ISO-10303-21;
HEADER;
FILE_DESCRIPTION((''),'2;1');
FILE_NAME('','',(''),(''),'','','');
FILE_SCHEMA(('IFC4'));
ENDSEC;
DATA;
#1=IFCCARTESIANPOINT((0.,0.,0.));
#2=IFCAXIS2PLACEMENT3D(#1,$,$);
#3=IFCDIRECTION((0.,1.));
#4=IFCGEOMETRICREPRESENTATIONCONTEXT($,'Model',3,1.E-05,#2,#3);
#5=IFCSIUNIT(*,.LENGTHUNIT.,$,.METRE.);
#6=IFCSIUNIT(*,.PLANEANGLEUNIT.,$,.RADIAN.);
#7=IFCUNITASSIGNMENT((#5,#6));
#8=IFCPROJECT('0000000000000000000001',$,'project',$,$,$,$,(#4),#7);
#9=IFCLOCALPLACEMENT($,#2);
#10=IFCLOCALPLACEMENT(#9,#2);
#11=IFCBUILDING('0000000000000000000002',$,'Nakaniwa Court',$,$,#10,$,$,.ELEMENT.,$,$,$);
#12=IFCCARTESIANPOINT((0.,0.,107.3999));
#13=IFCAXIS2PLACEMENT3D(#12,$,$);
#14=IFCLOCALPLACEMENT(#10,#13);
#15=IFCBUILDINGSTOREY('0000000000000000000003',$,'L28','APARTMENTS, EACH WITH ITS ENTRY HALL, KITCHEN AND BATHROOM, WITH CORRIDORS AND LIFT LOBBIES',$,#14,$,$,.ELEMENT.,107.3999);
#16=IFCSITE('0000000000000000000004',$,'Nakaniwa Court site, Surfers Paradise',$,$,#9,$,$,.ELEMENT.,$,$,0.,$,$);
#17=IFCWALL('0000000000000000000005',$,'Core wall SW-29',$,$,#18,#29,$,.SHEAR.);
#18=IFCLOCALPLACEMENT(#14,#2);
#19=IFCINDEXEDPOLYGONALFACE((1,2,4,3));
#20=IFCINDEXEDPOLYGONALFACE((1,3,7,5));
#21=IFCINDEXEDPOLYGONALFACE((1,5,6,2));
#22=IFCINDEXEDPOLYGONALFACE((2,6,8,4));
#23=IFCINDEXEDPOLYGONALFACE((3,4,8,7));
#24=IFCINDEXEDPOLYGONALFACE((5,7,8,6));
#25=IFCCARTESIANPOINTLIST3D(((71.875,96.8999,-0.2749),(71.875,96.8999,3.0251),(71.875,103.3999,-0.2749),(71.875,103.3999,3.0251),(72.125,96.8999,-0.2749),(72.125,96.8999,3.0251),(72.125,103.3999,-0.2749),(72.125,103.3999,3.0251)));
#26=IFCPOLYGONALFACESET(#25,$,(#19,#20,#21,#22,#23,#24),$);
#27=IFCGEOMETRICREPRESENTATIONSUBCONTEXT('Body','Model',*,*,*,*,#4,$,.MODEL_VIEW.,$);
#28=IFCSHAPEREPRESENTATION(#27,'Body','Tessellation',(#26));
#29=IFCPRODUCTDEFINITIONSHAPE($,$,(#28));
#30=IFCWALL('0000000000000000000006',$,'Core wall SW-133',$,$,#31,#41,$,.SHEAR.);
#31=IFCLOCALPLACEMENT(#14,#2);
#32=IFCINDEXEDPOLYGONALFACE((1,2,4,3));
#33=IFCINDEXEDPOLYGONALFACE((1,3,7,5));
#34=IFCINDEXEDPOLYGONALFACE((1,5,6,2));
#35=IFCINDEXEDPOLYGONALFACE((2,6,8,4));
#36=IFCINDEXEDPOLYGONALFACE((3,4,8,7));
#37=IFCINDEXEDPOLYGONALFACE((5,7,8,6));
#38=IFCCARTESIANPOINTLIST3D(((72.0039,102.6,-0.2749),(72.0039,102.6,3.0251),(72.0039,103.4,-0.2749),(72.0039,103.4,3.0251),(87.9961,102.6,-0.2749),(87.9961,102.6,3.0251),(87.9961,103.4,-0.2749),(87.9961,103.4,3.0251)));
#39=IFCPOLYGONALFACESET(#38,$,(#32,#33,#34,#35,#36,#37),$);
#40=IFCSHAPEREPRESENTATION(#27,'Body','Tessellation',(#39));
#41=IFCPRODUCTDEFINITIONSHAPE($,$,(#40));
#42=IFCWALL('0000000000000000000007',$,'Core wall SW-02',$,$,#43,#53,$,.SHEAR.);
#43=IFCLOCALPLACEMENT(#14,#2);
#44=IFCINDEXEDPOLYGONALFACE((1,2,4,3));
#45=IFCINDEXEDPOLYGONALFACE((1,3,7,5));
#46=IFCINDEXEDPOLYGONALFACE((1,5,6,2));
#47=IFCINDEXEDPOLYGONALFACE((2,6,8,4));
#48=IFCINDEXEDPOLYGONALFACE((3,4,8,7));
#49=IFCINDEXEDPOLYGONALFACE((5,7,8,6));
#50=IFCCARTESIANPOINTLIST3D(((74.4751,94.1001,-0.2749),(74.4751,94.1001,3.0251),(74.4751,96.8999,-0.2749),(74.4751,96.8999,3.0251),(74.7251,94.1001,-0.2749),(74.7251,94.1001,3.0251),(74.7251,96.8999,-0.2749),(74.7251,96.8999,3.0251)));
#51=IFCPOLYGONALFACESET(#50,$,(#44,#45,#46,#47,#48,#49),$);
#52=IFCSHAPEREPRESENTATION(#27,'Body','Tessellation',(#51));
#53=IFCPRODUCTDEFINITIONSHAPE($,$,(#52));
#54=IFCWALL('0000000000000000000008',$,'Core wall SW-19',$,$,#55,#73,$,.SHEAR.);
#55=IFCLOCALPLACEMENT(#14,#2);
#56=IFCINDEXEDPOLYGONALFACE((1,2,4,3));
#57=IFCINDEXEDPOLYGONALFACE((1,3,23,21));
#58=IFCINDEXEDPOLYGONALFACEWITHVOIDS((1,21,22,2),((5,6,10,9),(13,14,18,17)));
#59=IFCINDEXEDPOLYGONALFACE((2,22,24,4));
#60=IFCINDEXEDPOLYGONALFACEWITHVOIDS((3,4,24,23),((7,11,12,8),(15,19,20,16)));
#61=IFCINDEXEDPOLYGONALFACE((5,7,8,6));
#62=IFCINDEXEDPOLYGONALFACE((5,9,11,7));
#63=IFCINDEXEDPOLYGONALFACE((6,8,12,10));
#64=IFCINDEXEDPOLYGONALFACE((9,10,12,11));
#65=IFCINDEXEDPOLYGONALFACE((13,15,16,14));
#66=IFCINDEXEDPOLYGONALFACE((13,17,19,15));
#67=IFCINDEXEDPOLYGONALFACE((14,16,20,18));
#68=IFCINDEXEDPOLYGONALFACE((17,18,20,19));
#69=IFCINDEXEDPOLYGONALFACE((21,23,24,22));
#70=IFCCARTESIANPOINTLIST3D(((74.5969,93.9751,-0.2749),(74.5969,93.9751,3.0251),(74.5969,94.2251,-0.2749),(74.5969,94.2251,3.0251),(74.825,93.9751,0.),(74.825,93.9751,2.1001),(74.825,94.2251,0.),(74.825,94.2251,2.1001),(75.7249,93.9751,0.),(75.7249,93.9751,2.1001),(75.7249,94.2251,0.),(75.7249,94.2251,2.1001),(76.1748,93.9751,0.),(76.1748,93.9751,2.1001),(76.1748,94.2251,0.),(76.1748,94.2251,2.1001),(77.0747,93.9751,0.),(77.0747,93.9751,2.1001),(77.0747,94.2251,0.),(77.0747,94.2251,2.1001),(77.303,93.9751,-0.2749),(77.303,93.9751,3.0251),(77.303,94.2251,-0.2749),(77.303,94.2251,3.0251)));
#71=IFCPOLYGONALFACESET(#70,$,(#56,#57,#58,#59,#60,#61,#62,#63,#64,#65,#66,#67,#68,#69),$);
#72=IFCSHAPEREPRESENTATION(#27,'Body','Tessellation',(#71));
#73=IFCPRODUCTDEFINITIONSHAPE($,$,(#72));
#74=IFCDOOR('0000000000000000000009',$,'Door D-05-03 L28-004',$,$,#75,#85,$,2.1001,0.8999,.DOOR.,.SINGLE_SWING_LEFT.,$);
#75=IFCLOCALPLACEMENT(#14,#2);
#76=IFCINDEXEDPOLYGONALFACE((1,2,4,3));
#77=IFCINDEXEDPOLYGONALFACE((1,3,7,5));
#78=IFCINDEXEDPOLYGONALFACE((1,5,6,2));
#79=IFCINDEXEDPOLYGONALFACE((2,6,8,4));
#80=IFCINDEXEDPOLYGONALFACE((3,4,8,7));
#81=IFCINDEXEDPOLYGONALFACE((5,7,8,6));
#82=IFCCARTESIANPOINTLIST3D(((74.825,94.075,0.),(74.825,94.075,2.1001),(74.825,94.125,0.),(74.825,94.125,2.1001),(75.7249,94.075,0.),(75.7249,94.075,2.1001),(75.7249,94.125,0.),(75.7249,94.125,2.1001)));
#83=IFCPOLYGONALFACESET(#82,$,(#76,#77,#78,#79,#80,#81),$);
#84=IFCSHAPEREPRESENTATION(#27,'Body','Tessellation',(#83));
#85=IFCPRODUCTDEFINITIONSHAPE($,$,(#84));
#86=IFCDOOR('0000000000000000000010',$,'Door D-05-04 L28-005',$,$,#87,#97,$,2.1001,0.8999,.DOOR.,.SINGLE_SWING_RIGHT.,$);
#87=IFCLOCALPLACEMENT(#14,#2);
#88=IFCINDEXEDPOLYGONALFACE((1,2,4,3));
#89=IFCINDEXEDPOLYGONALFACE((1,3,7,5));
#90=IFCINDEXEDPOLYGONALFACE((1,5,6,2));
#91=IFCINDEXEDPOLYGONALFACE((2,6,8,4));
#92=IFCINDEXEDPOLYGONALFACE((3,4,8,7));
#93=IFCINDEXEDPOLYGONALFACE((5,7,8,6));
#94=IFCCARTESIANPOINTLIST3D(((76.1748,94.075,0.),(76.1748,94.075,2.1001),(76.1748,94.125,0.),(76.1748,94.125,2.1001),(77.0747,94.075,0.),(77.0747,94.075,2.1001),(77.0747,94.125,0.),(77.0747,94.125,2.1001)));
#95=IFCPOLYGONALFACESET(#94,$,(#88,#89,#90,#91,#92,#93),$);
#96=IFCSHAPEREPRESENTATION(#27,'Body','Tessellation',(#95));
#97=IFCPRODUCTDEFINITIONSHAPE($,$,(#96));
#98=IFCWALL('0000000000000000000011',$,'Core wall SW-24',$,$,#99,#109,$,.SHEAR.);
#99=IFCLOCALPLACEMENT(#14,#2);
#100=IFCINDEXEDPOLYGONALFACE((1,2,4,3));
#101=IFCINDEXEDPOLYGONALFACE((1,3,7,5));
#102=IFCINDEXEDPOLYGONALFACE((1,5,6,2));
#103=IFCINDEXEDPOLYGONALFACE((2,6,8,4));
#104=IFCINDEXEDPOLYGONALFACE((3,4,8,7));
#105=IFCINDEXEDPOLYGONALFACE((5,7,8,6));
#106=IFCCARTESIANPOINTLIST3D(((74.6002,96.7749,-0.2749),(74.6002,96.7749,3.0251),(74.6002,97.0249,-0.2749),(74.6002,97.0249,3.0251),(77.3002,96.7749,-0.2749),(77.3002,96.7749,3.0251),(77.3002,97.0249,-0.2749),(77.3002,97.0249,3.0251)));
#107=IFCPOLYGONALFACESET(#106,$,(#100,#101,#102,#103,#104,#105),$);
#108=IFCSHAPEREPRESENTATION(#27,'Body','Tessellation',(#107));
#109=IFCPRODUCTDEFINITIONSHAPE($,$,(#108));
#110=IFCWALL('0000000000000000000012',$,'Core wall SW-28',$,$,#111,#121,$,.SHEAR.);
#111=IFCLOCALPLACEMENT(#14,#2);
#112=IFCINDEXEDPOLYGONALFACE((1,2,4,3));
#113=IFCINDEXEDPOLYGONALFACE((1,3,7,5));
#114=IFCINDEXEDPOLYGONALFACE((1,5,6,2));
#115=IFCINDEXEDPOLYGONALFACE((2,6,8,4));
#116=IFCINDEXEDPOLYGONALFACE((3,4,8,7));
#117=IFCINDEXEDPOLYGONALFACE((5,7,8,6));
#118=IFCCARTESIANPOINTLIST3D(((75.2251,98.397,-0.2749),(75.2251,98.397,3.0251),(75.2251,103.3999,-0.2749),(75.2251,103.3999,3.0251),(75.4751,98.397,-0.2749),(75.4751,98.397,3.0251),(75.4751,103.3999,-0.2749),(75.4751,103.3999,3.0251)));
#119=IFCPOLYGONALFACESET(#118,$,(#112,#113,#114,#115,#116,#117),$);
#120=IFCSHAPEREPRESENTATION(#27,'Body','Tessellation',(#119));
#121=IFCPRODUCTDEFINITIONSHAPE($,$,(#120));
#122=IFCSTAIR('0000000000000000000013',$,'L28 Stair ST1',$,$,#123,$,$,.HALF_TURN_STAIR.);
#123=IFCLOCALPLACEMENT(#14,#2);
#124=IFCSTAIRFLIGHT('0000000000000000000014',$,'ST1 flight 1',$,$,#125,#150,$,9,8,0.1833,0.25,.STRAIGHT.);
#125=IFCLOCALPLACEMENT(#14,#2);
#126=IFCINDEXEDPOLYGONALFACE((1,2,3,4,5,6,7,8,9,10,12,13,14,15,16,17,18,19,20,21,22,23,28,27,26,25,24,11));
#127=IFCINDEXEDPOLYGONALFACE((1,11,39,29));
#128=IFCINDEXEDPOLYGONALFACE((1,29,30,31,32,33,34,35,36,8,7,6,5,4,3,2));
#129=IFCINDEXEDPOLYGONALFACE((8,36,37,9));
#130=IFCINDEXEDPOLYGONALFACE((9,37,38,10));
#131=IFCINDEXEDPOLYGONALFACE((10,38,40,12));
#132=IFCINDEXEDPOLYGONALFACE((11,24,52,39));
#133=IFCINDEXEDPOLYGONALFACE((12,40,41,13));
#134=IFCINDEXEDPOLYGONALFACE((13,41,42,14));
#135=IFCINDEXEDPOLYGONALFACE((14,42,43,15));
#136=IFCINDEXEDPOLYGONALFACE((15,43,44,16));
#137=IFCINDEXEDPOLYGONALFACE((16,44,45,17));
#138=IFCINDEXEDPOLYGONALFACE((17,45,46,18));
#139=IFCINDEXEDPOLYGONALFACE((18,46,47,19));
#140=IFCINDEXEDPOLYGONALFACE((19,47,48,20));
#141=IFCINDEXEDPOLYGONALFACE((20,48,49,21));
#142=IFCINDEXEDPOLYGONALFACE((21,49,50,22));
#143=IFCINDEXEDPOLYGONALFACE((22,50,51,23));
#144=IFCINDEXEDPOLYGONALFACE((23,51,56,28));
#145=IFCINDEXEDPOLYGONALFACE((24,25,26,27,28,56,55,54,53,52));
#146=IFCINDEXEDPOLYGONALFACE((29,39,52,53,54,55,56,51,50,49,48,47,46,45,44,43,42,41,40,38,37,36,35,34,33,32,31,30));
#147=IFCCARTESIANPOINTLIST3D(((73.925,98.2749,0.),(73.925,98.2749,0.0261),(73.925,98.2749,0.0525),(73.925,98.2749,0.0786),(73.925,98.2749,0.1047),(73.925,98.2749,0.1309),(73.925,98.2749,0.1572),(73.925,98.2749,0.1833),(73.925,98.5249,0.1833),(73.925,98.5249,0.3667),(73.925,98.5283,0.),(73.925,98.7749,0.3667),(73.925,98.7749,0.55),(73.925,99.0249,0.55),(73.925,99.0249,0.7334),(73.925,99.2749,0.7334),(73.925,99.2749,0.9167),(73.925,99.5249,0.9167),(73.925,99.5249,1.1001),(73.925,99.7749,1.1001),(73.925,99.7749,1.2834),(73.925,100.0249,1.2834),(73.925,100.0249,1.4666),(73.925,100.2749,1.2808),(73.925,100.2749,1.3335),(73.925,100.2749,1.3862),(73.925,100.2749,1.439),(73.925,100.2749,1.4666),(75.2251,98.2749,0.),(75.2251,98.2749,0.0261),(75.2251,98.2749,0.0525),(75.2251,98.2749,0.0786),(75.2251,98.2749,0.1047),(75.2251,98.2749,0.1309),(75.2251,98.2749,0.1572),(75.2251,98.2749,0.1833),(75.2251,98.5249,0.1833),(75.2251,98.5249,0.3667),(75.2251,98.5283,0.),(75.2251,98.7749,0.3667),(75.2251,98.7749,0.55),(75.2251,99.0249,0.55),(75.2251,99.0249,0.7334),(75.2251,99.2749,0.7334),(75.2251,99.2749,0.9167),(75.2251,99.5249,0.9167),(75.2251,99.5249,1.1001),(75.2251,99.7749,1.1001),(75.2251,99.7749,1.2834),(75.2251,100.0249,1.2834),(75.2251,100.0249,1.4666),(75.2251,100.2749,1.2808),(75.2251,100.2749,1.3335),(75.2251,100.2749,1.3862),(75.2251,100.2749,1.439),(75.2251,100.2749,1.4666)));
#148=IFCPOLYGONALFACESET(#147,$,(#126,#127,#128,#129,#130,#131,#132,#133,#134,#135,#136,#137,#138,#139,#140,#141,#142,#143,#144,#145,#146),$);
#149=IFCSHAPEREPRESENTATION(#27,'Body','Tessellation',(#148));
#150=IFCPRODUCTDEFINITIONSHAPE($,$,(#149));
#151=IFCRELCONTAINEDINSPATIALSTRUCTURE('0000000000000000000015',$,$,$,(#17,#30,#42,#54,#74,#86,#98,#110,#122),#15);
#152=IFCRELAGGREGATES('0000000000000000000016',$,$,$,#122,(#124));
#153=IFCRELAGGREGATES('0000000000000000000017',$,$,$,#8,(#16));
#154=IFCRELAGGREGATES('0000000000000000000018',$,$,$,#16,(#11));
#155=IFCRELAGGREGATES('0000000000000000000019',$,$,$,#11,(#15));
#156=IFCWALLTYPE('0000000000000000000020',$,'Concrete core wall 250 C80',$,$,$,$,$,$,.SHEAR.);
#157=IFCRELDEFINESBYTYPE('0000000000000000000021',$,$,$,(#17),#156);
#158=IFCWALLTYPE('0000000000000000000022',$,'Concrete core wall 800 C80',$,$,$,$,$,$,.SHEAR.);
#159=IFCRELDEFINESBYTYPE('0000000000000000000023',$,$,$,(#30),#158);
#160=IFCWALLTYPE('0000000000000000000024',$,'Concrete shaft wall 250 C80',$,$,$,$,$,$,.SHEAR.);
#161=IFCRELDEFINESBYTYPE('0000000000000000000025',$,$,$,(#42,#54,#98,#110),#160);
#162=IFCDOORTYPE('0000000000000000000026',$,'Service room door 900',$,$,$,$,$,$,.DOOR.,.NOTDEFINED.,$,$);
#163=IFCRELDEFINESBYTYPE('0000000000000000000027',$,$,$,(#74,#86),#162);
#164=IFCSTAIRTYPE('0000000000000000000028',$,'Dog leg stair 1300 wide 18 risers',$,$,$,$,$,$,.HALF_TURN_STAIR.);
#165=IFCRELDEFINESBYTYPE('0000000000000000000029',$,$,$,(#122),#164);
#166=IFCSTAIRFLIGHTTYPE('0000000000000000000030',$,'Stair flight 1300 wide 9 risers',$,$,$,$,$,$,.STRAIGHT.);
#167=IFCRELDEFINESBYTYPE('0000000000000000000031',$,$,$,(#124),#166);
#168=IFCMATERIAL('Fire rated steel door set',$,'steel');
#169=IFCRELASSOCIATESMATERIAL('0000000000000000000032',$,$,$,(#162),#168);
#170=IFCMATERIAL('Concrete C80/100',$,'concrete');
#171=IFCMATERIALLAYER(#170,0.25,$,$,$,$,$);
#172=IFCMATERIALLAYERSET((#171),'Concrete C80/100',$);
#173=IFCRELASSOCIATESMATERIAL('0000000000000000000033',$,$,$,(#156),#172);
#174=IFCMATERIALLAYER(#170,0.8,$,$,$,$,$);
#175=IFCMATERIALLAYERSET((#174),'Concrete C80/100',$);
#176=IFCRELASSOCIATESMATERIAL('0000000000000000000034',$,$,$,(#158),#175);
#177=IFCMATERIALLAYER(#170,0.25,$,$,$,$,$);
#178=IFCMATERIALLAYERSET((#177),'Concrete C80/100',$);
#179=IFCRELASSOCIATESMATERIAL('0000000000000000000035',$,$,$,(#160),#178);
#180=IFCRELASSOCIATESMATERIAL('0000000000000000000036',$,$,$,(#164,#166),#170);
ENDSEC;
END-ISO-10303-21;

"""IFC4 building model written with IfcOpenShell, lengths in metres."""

from ifc_helpers import new_model, si_unit, direction, frame, frame_2d, origin, place, context, subcontext, project, spatial, polyline, rectangle, outline, extrude, material, layer, layer_set, type_object, element, fill, aggregate, save


model = new_model("IFC4")

# Units and contexts
model_context = context("Model", 3, precision=1e-05, world=origin(), true_north=direction((0.0, 1.0)))
body_context = subcontext(model_context, "Body", "Model", "MODEL_VIEW")
ifc_project = project(units=[si_unit("LENGTHUNIT", "METRE"), si_unit("PLANEANGLEUNIT", "RADIAN")], contexts=[model_context])

# Site, building, storey
site_placement = place(None, origin())
site = spatial("IfcSite", under=ifc_project, at=site_placement, Name="Nakaniwa Court site, Surfers Paradise", CompositionType="ELEMENT", RefElevation=0.0)
building_placement = place(site_placement, origin())
building = spatial("IfcBuilding", under=site, at=building_placement, Name="Nakaniwa Court", CompositionType="ELEMENT")
storey_placement = place(building_placement, frame((0.0, 0.0, 107.3999)))
storey = spatial("IfcBuildingStorey", under=building, at=storey_placement, Name="L28", Description="APARTMENTS, EACH WITH ITS ENTRY HALL, KITCHEN AND BATHROOM, WITH CORRIDORS AND LIFT LOBBIES", CompositionType="ELEMENT", Elevation=107.3999)

# Shared definitions
ifc_material_1 = material(Name="Concrete C80/100", Category="concrete")

# Shared definitions
ifc_material_2 = material(Name="Fire rated steel door set", Category="steel")

# Shared definitions
door_type_1 = type_object("IfcDoorType", Name="Service room door 900", OperationType="NOTDEFINED", PredefinedType="DOOR", material=ifc_material_2)

# Walls
ifc_layer_1 = layer(ifc_material_1, 0.25)
ifc_layer_set_1 = layer_set([ifc_layer_1], Name="Concrete C80/100")
wall_type_1 = type_object("IfcWallType", Name="Concrete core wall 250 C80", PredefinedType="SHEAR", material=ifc_layer_set_1)
wall_1_placement = place(storey_placement, frame((72.0, 96.8999, -0.2749), z_axis=(0.0, 0.0, 1.0), x_axis=(0.0, 1.0, 0.0)))
element("IfcWall", 1, at=wall_1_placement, inside=storey, type_object=wall_type_1, Name="Core wall SW-29", PredefinedType="SHEAR", context=body_context, shape_type="SweptSolid", body=[
    extrude(rectangle(XDim=6.5, YDim=0.25, at=frame_2d((3.25, 0.0))), origin(), (0.0, 0.0, 1.0), 3.3),
])
ifc_layer_2 = layer(ifc_material_1, 0.8)
ifc_layer_set_2 = layer_set([ifc_layer_2], Name="Concrete C80/100")
wall_type_2 = type_object("IfcWallType", Name="Concrete core wall 800 C80", PredefinedType="SHEAR", material=ifc_layer_set_2)
wall_2_placement = place(storey_placement, frame((72.0039, 103.0, -0.2749), z_axis=(0.0, 0.0, 1.0), x_axis=(1.0, 0.0, 0.0)))
element("IfcWall", 2, at=wall_2_placement, inside=storey, type_object=wall_type_2, Name="Core wall SW-133", PredefinedType="SHEAR", context=body_context, shape_type="SweptSolid", body=[
    extrude(rectangle(XDim=15.9922, YDim=0.8, at=frame_2d((7.9961, 0.0))), origin(), (0.0, 0.0, 1.0), 3.3),
])
ifc_layer_3 = layer(ifc_material_1, 0.25)
ifc_layer_set_3 = layer_set([ifc_layer_3], Name="Concrete C80/100")
wall_type_3 = type_object("IfcWallType", Name="Concrete shaft wall 250 C80", PredefinedType="SHEAR", material=ifc_layer_set_3)
wall_3_placement = place(storey_placement, frame((74.6001, 94.1001, -0.2749), z_axis=(0.0, 0.0, 1.0), x_axis=(0.0, 1.0, 0.0)))
element("IfcWall", 3, at=wall_3_placement, inside=storey, type_object=wall_type_3, Name="Core wall SW-02", PredefinedType="SHEAR", context=body_context, shape_type="SweptSolid", body=[
    extrude(rectangle(XDim=2.7998, YDim=0.25, at=frame_2d((1.3999, 0.0))), origin(), (0.0, 0.0, 1.0), 3.3),
])

# Wall, openings, doors
wall_4_placement = place(storey_placement, frame((74.5969, 94.1001, -0.2749), z_axis=(0.0, 0.0, 1.0), x_axis=(1.0, 0.0, 0.0)))
wall_4 = element("IfcWall", 4, at=wall_4_placement, inside=storey, type_object=wall_type_3, Name="Core wall SW-19", PredefinedType="SHEAR", context=body_context, shape_type="SweptSolid", body=[
    extrude(rectangle(XDim=2.7061, YDim=0.25, at=frame_2d((1.353, 0.0))), origin(), (0.0, 0.0, 1.0), 3.3),
])
opening_1_placement = place(wall_4_placement, frame((0.228, 0.0, 0.2749)))
opening_1 = element("IfcOpeningElement", 5, at=opening_1_placement, cuts=wall_4, PredefinedType="OPENING", context=body_context, shape_type="SweptSolid", body=[
    extrude(rectangle(XDim=0.8999, YDim=2.1001, at=frame_2d((0.45, 1.05))), frame((0.0, 0.135, 0.0), z_axis=(0.0, -1.0, 0.0), x_axis=(1.0, 0.0, 0.0)), (0.0, 0.0, 1.0), 0.27),
])
opening_2_placement = place(wall_4_placement, frame((1.5779, 0.0, 0.2749)))
opening_2 = element("IfcOpeningElement", 6, at=opening_2_placement, cuts=wall_4, PredefinedType="OPENING", context=body_context, shape_type="SweptSolid", body=[
    extrude(rectangle(XDim=0.8999, YDim=2.1001, at=frame_2d((0.45, 1.05))), frame((0.0, 0.135, 0.0), z_axis=(0.0, -1.0, 0.0), x_axis=(1.0, 0.0, 0.0)), (0.0, 0.0, 1.0), 0.27),
])
door_1_placement = place(opening_1_placement, origin())
door_1 = element("IfcDoor", 7, at=door_1_placement, inside=storey, type_object=door_type_1, Name="Door D-05-03 L28-004", OperationType="SINGLE_SWING_LEFT", OverallHeight=2.1001, OverallWidth=0.8999, PredefinedType="DOOR", context=body_context, shape_type="SweptSolid", body=[
    extrude(rectangle(XDim=0.8999, YDim=2.1001, at=frame_2d((0.45, 1.05))), frame((0.0, 0.0249, 0.0), z_axis=(0.0, -1.0, 0.0), x_axis=(1.0, 0.0, 0.0)), (0.0, 0.0, 1.0), 0.05),
])
fill(opening_1, door_1)
door_2_placement = place(opening_2_placement, origin())
door_2 = element("IfcDoor", 8, at=door_2_placement, inside=storey, type_object=door_type_1, Name="Door D-05-04 L28-005", OperationType="SINGLE_SWING_RIGHT", OverallHeight=2.1001, OverallWidth=0.8999, PredefinedType="DOOR", context=body_context, shape_type="SweptSolid", body=[
    extrude(rectangle(XDim=0.8999, YDim=2.1001, at=frame_2d((0.45, 1.05))), frame((0.0, 0.0249, 0.0), z_axis=(0.0, -1.0, 0.0), x_axis=(1.0, 0.0, 0.0)), (0.0, 0.0, 1.0), 0.05),
])
fill(opening_2, door_2)

# Walls
wall_5_placement = place(storey_placement, frame((74.6001, 96.8999, -0.2749), z_axis=(0.0, 0.0, 1.0), x_axis=(1.0, 0.0, 0.0)))
element("IfcWall", 9, at=wall_5_placement, inside=storey, type_object=wall_type_3, Name="Core wall SW-24", PredefinedType="SHEAR", context=body_context, shape_type="SweptSolid", body=[
    extrude(rectangle(XDim=2.7, YDim=0.25, at=frame_2d((1.3501, 0.0))), origin(), (0.0, 0.0, 1.0), 3.3),
])
wall_6_placement = place(storey_placement, frame((75.3501, 98.397, -0.2749), z_axis=(0.0, 0.0, 1.0), x_axis=(0.0, 1.0, 0.0)))
element("IfcWall", 10, at=wall_6_placement, inside=storey, type_object=wall_type_3, Name="Core wall SW-28", PredefinedType="SHEAR", context=body_context, shape_type="SweptSolid", body=[
    extrude(rectangle(XDim=5.0029, YDim=0.25, at=frame_2d((2.5015, 0.0))), origin(), (0.0, 0.0, 1.0), 3.3),
])

# Stair, stair flight
stair_type = type_object("IfcStairType", Name="Dog leg stair 1300 wide 18 risers", PredefinedType="HALF_TURN_STAIR", material=ifc_material_1)
stair_placement = place(storey_placement, origin())
stair = element("IfcStair", 11, at=stair_placement, inside=storey, type_object=stair_type, Name="L28 Stair ST1", PredefinedType="HALF_TURN_STAIR")
stair_flight_type = type_object("IfcStairFlightType", Name="Stair flight 1300 wide 9 risers", PredefinedType="STRAIGHT", material=ifc_material_1)
stair_flight_1_placement = place(storey_placement, frame((74.575, 98.2749, 0.0), z_axis=(0.0, 0.0, 1.0), x_axis=(0.0, 1.0, 0.0)))
stair_flight_1 = element("IfcStairFlight", 12, at=stair_flight_1_placement, type_object=stair_flight_type, Name="ST1 flight 1", NumberOfRisers=9, NumberOfTreads=8, PredefinedType="STRAIGHT", RiserHeight=0.1833, TreadLength=0.25, context=body_context, shape_type="SweptSolid", body=[
    extrude(outline(polyline([(0.0, 0.0), (0.0, 0.0261), (0.0, 0.0525), (0.0, 0.0786), (0.0, 0.1047), (0.0, 0.1309), (0.0, 0.1572), (0.0, 0.1833), (0.25, 0.1833), (0.25, 0.3667), (0.5, 0.3667), (0.5, 0.55), (0.75, 0.55), (0.75, 0.7334), (1.0, 0.7334), (1.0, 0.9167), (1.25, 0.9167), (1.25, 1.1001), (1.5, 1.1001), (1.5, 1.2834), (1.75, 1.2834), (1.75, 1.4666), (2.0, 1.4666), (2.0, 1.6499), (2.0, 1.5972), (2.0, 1.5444), (2.0, 1.4917), (2.0, 1.439), (2.0, 1.3862), (2.0, 1.3335), (2.0, 1.2808), (0.2534, 0.0), (0.0, 0.0)])), frame((0.0, 0.6499, 0.0), z_axis=(0.0, -1.0, 0.0), x_axis=(1.0, 0.0, 0.0)), (0.0, 0.0, 1.0), 1.3),
])
aggregate(stair, [stair_flight_1])

save(model, "model.ifc")
